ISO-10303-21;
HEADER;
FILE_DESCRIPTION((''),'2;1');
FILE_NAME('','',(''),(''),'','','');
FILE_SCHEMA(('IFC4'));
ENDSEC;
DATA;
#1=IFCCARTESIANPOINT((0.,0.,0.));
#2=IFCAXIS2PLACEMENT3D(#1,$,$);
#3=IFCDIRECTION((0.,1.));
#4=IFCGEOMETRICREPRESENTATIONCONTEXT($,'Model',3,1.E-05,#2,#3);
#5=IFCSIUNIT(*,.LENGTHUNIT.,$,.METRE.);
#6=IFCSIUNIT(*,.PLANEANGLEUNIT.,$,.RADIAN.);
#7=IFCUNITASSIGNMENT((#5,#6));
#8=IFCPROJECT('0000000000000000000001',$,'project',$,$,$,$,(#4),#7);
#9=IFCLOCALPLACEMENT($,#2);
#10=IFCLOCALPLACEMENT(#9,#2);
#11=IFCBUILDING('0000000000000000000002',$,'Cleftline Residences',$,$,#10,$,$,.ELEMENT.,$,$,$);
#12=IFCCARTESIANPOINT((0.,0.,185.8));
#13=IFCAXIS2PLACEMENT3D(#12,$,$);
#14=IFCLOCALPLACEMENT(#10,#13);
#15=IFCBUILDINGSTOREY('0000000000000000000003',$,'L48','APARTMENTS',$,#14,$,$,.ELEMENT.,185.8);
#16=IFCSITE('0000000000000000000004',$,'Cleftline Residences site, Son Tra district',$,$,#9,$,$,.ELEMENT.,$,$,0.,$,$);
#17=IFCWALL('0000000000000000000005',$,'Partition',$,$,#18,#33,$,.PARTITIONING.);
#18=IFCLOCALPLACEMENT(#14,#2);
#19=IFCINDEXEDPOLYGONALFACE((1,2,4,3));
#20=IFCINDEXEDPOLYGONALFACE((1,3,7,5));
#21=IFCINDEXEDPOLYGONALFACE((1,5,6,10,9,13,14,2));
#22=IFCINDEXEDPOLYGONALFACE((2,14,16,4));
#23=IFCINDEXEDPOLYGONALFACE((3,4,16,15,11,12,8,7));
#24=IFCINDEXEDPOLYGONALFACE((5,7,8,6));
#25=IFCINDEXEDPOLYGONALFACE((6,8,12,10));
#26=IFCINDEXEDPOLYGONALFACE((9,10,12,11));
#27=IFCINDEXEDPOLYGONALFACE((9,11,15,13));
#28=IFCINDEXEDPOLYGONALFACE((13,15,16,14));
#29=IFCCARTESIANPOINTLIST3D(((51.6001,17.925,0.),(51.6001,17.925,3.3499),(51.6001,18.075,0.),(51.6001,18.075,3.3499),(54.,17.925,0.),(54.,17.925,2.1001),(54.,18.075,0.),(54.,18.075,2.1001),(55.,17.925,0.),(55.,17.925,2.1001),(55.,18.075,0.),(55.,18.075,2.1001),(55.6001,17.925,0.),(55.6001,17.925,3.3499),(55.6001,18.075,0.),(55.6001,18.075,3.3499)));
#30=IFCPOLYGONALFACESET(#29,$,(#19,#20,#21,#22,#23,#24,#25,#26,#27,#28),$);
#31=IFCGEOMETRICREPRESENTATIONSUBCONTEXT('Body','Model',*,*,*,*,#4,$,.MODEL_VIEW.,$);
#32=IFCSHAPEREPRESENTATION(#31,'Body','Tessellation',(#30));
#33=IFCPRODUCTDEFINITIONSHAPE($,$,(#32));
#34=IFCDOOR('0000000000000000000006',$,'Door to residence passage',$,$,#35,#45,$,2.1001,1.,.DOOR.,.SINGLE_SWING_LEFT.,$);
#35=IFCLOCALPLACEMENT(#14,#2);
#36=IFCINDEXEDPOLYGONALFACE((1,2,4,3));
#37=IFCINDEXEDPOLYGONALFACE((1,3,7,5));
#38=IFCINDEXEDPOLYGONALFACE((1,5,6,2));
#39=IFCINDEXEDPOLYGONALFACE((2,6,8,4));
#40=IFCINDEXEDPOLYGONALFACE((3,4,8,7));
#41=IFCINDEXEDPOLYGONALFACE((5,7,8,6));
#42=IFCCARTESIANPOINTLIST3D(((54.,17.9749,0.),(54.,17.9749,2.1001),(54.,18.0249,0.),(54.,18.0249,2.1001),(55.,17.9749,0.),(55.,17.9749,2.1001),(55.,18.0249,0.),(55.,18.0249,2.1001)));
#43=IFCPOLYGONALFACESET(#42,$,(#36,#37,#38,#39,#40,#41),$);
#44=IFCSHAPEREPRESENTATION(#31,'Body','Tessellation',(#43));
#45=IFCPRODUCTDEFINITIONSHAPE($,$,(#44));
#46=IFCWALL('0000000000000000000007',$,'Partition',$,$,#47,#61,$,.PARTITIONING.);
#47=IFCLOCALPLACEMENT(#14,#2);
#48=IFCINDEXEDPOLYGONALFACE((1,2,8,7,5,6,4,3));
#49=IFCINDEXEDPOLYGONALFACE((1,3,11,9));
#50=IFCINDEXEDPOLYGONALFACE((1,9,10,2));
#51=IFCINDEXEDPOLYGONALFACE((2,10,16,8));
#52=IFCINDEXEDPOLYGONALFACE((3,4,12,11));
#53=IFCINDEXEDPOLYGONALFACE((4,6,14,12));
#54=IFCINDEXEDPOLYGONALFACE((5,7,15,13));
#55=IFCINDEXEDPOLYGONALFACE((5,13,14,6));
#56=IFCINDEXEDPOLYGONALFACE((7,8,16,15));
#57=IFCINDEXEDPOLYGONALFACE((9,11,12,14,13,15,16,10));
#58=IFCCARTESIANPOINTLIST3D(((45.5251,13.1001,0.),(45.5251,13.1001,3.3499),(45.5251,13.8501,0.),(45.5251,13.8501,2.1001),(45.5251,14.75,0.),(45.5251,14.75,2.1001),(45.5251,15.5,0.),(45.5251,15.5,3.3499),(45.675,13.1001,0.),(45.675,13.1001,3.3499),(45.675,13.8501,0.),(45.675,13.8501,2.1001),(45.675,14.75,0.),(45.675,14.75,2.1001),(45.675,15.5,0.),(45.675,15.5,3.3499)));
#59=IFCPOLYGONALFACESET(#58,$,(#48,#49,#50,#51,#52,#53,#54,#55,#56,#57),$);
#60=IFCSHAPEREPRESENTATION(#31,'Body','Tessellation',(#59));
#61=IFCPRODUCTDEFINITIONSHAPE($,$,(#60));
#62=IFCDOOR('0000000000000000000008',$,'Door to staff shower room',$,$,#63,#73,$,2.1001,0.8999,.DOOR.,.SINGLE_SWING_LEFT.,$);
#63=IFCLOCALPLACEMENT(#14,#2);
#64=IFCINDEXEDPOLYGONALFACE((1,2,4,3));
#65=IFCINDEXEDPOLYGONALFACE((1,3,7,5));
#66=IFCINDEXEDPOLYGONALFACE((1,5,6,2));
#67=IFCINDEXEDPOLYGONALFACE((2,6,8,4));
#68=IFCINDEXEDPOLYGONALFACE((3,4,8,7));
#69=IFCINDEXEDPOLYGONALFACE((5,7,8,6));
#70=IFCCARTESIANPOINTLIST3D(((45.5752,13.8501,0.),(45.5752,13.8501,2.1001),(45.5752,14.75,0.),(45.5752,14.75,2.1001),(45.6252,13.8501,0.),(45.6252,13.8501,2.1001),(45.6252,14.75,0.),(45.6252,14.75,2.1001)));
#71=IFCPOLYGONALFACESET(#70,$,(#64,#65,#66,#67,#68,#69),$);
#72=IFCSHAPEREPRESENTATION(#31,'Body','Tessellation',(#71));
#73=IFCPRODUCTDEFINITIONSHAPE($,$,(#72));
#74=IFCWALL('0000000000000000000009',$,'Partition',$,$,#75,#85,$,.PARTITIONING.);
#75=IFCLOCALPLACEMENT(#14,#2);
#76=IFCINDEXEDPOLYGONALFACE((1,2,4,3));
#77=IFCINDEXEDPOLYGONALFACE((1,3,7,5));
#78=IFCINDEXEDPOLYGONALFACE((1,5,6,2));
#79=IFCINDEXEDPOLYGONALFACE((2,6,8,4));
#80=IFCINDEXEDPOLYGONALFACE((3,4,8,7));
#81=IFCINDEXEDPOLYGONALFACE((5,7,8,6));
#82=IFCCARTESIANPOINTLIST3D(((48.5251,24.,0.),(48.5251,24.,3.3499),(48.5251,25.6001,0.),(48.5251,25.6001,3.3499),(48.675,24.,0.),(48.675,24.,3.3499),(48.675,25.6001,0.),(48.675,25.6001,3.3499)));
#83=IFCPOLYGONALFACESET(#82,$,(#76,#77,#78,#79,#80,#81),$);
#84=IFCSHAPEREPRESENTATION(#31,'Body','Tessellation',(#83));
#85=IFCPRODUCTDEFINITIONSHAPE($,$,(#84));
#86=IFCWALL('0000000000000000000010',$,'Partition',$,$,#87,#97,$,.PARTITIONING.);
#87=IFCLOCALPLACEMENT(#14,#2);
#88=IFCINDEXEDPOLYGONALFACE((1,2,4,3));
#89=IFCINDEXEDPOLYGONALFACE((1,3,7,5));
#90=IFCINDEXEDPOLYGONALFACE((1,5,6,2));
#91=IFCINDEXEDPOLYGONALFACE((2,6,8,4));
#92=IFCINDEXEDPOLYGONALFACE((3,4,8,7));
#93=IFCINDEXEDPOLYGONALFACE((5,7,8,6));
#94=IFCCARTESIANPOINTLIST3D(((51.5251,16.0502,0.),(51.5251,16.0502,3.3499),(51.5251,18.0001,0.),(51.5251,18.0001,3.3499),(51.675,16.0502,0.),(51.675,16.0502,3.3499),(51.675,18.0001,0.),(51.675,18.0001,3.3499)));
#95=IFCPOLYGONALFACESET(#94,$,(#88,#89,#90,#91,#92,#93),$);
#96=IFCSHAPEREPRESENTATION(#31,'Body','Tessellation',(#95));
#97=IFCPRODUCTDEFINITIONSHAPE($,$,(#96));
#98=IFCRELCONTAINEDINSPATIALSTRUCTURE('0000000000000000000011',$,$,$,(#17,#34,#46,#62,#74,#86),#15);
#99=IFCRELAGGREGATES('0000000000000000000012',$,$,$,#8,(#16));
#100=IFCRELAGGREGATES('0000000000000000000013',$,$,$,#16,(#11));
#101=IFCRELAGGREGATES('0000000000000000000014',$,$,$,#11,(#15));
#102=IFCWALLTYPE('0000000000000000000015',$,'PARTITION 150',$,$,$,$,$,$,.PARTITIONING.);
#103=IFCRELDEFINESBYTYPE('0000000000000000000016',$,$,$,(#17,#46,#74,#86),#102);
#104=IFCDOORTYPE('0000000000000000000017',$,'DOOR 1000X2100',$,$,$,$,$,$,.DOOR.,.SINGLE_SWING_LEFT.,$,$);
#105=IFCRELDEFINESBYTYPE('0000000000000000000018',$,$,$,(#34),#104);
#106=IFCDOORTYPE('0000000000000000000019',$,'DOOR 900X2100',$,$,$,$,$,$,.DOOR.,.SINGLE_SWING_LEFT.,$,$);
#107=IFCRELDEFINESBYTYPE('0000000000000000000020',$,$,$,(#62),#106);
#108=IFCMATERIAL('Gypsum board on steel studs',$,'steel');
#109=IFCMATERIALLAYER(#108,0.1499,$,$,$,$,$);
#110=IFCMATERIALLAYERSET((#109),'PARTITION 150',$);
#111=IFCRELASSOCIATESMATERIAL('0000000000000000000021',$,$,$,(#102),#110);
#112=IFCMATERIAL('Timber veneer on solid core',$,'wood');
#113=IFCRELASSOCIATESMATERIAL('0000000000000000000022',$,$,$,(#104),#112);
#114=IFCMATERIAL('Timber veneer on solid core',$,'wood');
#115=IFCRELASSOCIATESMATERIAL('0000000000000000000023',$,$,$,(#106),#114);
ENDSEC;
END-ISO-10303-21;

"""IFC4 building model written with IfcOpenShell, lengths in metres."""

from ifc_helpers import new_model, si_unit, direction, frame, frame_2d, origin, place, context, subcontext, project, spatial, rectangle, extrude, material, layer, layer_set, type_object, element, fill, save


model = new_model("IFC4")

# Units and contexts
model_context = context("Model", 3, precision=1e-05, world=origin(), true_north=direction((0.0, 1.0)))
body_context = subcontext(model_context, "Body", "Model", "MODEL_VIEW")
ifc_project = project(units=[si_unit("LENGTHUNIT", "METRE"), si_unit("PLANEANGLEUNIT", "RADIAN")], contexts=[model_context])

# Site, building, storey
site_placement = place(None, origin())
site = spatial("IfcSite", under=ifc_project, at=site_placement, Name="Cleftline Residences site, Son Tra district", CompositionType="ELEMENT", RefElevation=0.0)
building_placement = place(site_placement, origin())
building = spatial("IfcBuilding", under=site, at=building_placement, Name="Cleftline Residences", CompositionType="ELEMENT")
storey_placement = place(building_placement, frame((0.0, 0.0, 185.8)))
storey = spatial("IfcBuildingStorey", under=building, at=storey_placement, Name="L48", Description="APARTMENTS", CompositionType="ELEMENT", Elevation=185.8)

# Shared definitions
ifc_material_1 = material(Name="Gypsum board on steel studs", Category="steel")
ifc_layer_1 = layer(ifc_material_1, 0.1499)
ifc_layer_set_1 = layer_set([ifc_layer_1], Name="PARTITION 150")
wall_type_1 = type_object("IfcWallType", Name="PARTITION 150", PredefinedType="PARTITIONING", material=ifc_layer_set_1)

# Walls, openings, doors
wall_1_placement = place(storey_placement, frame((51.6001, 18.0, 0.0), z_axis=(0.0, 0.0, 1.0), x_axis=(1.0, 0.0, 0.0)))
wall_1 = element("IfcWall", 1, at=wall_1_placement, inside=storey, type_object=wall_type_1, Name="Partition", PredefinedType="PARTITIONING", context=body_context, shape_type="SweptSolid", body=[
    extrude(rectangle(XDim=4.0, YDim=0.1499, at=frame_2d((2.0, 0.0))), origin(), (0.0, 0.0, 1.0), 3.3499),
])
opening_1_placement = place(wall_1_placement, frame((2.3999, 0.0, 0.0)))
opening_1 = element("IfcOpeningElement", 2, at=opening_1_placement, cuts=wall_1, PredefinedType="OPENING", context=body_context, shape_type="SweptSolid", body=[
    extrude(rectangle(XDim=1.0, YDim=2.1001, at=frame_2d((0.5, 1.05))), frame((0.0, 0.085, 0.0), z_axis=(0.0, -1.0, 0.0), x_axis=(1.0, 0.0, 0.0)), (0.0, 0.0, 1.0), 0.1699),
])
ifc_material_2 = material(Name="Timber veneer on solid core", Category="wood")
door_type_1 = type_object("IfcDoorType", Name="DOOR 1000X2100", OperationType="SINGLE_SWING_LEFT", PredefinedType="DOOR", material=ifc_material_2)
door_1_placement = place(opening_1_placement, origin())
door_1 = element("IfcDoor", 3, at=door_1_placement, inside=storey, type_object=door_type_1, Name="Door to residence passage", OperationType="SINGLE_SWING_LEFT", OverallHeight=2.1001, OverallWidth=1.0, PredefinedType="DOOR", context=body_context, shape_type="SweptSolid", body=[
    extrude(rectangle(XDim=1.0, YDim=2.1001, at=frame_2d((0.5, 1.05))), frame((0.0, 0.0249, 0.0), z_axis=(0.0, -1.0, 0.0), x_axis=(1.0, 0.0, 0.0)), (0.0, 0.0, 1.0), 0.05),
])
fill(opening_1, door_1)
wall_2_placement = place(storey_placement, frame((45.6001, 13.1001, 0.0), z_axis=(0.0, 0.0, 1.0), x_axis=(0.0, 1.0, 0.0)))
wall_2 = element("IfcWall", 4, at=wall_2_placement, inside=storey, type_object=wall_type_1, Name="Partition", PredefinedType="PARTITIONING", context=body_context, shape_type="SweptSolid", body=[
    extrude(rectangle(XDim=2.3999, YDim=0.1499, at=frame_2d((1.2, 0.0))), origin(), (0.0, 0.0, 1.0), 3.3499),
])
opening_2_placement = place(wall_2_placement, frame((0.75, 0.0, 0.0)))
opening_2 = element("IfcOpeningElement", 5, at=opening_2_placement, cuts=wall_2, PredefinedType="OPENING", context=body_context, shape_type="SweptSolid", body=[
    extrude(rectangle(XDim=0.8999, YDim=2.1001, at=frame_2d((0.45, 1.05))), frame((0.0, 0.085, 0.0), z_axis=(0.0, -1.0, 0.0), x_axis=(1.0, 0.0, 0.0)), (0.0, 0.0, 1.0), 0.1699),
])
ifc_material_3 = material(Name="Timber veneer on solid core", Category="wood")
door_type_2 = type_object("IfcDoorType", Name="DOOR 900X2100", OperationType="SINGLE_SWING_LEFT", PredefinedType="DOOR", material=ifc_material_3)
door_2_placement = place(opening_2_placement, origin())
door_2 = element("IfcDoor", 6, at=door_2_placement, inside=storey, type_object=door_type_2, Name="Door to staff shower room", OperationType="SINGLE_SWING_LEFT", OverallHeight=2.1001, OverallWidth=0.8999, PredefinedType="DOOR", context=body_context, shape_type="SweptSolid", body=[
    extrude(rectangle(XDim=0.8999, YDim=2.1001, at=frame_2d((0.45, 1.05))), frame((0.0, 0.0249, 0.0), z_axis=(0.0, -1.0, 0.0), x_axis=(1.0, 0.0, 0.0)), (0.0, 0.0, 1.0), 0.05),
])
fill(opening_2, door_2)

# Walls
wall_3_placement = place(storey_placement, frame((48.6001, 24.0, 0.0), z_axis=(0.0, 0.0, 1.0), x_axis=(0.0, 1.0, 0.0)))
element("IfcWall", 7, at=wall_3_placement, inside=storey, type_object=wall_type_1, Name="Partition", PredefinedType="PARTITIONING", context=body_context, shape_type="SweptSolid", body=[
    extrude(rectangle(XDim=1.6001, YDim=0.1499, at=frame_2d((0.8, 0.0))), origin(), (0.0, 0.0, 1.0), 3.3499),
])
wall_4_placement = place(storey_placement, frame((51.6001, 16.05, 0.0), z_axis=(0.0, 0.0, 1.0), x_axis=(0.0, 1.0, 0.0)))
element("IfcWall", 8, at=wall_4_placement, inside=storey, type_object=wall_type_1, Name="Partition", PredefinedType="PARTITIONING", context=body_context, shape_type="SweptSolid", body=[
    extrude(rectangle(XDim=1.95, YDim=0.1499, at=frame_2d((0.9751, 0.0))), origin(), (0.0, 0.0, 1.0), 3.3499),
])

save(model, "model.ifc")
